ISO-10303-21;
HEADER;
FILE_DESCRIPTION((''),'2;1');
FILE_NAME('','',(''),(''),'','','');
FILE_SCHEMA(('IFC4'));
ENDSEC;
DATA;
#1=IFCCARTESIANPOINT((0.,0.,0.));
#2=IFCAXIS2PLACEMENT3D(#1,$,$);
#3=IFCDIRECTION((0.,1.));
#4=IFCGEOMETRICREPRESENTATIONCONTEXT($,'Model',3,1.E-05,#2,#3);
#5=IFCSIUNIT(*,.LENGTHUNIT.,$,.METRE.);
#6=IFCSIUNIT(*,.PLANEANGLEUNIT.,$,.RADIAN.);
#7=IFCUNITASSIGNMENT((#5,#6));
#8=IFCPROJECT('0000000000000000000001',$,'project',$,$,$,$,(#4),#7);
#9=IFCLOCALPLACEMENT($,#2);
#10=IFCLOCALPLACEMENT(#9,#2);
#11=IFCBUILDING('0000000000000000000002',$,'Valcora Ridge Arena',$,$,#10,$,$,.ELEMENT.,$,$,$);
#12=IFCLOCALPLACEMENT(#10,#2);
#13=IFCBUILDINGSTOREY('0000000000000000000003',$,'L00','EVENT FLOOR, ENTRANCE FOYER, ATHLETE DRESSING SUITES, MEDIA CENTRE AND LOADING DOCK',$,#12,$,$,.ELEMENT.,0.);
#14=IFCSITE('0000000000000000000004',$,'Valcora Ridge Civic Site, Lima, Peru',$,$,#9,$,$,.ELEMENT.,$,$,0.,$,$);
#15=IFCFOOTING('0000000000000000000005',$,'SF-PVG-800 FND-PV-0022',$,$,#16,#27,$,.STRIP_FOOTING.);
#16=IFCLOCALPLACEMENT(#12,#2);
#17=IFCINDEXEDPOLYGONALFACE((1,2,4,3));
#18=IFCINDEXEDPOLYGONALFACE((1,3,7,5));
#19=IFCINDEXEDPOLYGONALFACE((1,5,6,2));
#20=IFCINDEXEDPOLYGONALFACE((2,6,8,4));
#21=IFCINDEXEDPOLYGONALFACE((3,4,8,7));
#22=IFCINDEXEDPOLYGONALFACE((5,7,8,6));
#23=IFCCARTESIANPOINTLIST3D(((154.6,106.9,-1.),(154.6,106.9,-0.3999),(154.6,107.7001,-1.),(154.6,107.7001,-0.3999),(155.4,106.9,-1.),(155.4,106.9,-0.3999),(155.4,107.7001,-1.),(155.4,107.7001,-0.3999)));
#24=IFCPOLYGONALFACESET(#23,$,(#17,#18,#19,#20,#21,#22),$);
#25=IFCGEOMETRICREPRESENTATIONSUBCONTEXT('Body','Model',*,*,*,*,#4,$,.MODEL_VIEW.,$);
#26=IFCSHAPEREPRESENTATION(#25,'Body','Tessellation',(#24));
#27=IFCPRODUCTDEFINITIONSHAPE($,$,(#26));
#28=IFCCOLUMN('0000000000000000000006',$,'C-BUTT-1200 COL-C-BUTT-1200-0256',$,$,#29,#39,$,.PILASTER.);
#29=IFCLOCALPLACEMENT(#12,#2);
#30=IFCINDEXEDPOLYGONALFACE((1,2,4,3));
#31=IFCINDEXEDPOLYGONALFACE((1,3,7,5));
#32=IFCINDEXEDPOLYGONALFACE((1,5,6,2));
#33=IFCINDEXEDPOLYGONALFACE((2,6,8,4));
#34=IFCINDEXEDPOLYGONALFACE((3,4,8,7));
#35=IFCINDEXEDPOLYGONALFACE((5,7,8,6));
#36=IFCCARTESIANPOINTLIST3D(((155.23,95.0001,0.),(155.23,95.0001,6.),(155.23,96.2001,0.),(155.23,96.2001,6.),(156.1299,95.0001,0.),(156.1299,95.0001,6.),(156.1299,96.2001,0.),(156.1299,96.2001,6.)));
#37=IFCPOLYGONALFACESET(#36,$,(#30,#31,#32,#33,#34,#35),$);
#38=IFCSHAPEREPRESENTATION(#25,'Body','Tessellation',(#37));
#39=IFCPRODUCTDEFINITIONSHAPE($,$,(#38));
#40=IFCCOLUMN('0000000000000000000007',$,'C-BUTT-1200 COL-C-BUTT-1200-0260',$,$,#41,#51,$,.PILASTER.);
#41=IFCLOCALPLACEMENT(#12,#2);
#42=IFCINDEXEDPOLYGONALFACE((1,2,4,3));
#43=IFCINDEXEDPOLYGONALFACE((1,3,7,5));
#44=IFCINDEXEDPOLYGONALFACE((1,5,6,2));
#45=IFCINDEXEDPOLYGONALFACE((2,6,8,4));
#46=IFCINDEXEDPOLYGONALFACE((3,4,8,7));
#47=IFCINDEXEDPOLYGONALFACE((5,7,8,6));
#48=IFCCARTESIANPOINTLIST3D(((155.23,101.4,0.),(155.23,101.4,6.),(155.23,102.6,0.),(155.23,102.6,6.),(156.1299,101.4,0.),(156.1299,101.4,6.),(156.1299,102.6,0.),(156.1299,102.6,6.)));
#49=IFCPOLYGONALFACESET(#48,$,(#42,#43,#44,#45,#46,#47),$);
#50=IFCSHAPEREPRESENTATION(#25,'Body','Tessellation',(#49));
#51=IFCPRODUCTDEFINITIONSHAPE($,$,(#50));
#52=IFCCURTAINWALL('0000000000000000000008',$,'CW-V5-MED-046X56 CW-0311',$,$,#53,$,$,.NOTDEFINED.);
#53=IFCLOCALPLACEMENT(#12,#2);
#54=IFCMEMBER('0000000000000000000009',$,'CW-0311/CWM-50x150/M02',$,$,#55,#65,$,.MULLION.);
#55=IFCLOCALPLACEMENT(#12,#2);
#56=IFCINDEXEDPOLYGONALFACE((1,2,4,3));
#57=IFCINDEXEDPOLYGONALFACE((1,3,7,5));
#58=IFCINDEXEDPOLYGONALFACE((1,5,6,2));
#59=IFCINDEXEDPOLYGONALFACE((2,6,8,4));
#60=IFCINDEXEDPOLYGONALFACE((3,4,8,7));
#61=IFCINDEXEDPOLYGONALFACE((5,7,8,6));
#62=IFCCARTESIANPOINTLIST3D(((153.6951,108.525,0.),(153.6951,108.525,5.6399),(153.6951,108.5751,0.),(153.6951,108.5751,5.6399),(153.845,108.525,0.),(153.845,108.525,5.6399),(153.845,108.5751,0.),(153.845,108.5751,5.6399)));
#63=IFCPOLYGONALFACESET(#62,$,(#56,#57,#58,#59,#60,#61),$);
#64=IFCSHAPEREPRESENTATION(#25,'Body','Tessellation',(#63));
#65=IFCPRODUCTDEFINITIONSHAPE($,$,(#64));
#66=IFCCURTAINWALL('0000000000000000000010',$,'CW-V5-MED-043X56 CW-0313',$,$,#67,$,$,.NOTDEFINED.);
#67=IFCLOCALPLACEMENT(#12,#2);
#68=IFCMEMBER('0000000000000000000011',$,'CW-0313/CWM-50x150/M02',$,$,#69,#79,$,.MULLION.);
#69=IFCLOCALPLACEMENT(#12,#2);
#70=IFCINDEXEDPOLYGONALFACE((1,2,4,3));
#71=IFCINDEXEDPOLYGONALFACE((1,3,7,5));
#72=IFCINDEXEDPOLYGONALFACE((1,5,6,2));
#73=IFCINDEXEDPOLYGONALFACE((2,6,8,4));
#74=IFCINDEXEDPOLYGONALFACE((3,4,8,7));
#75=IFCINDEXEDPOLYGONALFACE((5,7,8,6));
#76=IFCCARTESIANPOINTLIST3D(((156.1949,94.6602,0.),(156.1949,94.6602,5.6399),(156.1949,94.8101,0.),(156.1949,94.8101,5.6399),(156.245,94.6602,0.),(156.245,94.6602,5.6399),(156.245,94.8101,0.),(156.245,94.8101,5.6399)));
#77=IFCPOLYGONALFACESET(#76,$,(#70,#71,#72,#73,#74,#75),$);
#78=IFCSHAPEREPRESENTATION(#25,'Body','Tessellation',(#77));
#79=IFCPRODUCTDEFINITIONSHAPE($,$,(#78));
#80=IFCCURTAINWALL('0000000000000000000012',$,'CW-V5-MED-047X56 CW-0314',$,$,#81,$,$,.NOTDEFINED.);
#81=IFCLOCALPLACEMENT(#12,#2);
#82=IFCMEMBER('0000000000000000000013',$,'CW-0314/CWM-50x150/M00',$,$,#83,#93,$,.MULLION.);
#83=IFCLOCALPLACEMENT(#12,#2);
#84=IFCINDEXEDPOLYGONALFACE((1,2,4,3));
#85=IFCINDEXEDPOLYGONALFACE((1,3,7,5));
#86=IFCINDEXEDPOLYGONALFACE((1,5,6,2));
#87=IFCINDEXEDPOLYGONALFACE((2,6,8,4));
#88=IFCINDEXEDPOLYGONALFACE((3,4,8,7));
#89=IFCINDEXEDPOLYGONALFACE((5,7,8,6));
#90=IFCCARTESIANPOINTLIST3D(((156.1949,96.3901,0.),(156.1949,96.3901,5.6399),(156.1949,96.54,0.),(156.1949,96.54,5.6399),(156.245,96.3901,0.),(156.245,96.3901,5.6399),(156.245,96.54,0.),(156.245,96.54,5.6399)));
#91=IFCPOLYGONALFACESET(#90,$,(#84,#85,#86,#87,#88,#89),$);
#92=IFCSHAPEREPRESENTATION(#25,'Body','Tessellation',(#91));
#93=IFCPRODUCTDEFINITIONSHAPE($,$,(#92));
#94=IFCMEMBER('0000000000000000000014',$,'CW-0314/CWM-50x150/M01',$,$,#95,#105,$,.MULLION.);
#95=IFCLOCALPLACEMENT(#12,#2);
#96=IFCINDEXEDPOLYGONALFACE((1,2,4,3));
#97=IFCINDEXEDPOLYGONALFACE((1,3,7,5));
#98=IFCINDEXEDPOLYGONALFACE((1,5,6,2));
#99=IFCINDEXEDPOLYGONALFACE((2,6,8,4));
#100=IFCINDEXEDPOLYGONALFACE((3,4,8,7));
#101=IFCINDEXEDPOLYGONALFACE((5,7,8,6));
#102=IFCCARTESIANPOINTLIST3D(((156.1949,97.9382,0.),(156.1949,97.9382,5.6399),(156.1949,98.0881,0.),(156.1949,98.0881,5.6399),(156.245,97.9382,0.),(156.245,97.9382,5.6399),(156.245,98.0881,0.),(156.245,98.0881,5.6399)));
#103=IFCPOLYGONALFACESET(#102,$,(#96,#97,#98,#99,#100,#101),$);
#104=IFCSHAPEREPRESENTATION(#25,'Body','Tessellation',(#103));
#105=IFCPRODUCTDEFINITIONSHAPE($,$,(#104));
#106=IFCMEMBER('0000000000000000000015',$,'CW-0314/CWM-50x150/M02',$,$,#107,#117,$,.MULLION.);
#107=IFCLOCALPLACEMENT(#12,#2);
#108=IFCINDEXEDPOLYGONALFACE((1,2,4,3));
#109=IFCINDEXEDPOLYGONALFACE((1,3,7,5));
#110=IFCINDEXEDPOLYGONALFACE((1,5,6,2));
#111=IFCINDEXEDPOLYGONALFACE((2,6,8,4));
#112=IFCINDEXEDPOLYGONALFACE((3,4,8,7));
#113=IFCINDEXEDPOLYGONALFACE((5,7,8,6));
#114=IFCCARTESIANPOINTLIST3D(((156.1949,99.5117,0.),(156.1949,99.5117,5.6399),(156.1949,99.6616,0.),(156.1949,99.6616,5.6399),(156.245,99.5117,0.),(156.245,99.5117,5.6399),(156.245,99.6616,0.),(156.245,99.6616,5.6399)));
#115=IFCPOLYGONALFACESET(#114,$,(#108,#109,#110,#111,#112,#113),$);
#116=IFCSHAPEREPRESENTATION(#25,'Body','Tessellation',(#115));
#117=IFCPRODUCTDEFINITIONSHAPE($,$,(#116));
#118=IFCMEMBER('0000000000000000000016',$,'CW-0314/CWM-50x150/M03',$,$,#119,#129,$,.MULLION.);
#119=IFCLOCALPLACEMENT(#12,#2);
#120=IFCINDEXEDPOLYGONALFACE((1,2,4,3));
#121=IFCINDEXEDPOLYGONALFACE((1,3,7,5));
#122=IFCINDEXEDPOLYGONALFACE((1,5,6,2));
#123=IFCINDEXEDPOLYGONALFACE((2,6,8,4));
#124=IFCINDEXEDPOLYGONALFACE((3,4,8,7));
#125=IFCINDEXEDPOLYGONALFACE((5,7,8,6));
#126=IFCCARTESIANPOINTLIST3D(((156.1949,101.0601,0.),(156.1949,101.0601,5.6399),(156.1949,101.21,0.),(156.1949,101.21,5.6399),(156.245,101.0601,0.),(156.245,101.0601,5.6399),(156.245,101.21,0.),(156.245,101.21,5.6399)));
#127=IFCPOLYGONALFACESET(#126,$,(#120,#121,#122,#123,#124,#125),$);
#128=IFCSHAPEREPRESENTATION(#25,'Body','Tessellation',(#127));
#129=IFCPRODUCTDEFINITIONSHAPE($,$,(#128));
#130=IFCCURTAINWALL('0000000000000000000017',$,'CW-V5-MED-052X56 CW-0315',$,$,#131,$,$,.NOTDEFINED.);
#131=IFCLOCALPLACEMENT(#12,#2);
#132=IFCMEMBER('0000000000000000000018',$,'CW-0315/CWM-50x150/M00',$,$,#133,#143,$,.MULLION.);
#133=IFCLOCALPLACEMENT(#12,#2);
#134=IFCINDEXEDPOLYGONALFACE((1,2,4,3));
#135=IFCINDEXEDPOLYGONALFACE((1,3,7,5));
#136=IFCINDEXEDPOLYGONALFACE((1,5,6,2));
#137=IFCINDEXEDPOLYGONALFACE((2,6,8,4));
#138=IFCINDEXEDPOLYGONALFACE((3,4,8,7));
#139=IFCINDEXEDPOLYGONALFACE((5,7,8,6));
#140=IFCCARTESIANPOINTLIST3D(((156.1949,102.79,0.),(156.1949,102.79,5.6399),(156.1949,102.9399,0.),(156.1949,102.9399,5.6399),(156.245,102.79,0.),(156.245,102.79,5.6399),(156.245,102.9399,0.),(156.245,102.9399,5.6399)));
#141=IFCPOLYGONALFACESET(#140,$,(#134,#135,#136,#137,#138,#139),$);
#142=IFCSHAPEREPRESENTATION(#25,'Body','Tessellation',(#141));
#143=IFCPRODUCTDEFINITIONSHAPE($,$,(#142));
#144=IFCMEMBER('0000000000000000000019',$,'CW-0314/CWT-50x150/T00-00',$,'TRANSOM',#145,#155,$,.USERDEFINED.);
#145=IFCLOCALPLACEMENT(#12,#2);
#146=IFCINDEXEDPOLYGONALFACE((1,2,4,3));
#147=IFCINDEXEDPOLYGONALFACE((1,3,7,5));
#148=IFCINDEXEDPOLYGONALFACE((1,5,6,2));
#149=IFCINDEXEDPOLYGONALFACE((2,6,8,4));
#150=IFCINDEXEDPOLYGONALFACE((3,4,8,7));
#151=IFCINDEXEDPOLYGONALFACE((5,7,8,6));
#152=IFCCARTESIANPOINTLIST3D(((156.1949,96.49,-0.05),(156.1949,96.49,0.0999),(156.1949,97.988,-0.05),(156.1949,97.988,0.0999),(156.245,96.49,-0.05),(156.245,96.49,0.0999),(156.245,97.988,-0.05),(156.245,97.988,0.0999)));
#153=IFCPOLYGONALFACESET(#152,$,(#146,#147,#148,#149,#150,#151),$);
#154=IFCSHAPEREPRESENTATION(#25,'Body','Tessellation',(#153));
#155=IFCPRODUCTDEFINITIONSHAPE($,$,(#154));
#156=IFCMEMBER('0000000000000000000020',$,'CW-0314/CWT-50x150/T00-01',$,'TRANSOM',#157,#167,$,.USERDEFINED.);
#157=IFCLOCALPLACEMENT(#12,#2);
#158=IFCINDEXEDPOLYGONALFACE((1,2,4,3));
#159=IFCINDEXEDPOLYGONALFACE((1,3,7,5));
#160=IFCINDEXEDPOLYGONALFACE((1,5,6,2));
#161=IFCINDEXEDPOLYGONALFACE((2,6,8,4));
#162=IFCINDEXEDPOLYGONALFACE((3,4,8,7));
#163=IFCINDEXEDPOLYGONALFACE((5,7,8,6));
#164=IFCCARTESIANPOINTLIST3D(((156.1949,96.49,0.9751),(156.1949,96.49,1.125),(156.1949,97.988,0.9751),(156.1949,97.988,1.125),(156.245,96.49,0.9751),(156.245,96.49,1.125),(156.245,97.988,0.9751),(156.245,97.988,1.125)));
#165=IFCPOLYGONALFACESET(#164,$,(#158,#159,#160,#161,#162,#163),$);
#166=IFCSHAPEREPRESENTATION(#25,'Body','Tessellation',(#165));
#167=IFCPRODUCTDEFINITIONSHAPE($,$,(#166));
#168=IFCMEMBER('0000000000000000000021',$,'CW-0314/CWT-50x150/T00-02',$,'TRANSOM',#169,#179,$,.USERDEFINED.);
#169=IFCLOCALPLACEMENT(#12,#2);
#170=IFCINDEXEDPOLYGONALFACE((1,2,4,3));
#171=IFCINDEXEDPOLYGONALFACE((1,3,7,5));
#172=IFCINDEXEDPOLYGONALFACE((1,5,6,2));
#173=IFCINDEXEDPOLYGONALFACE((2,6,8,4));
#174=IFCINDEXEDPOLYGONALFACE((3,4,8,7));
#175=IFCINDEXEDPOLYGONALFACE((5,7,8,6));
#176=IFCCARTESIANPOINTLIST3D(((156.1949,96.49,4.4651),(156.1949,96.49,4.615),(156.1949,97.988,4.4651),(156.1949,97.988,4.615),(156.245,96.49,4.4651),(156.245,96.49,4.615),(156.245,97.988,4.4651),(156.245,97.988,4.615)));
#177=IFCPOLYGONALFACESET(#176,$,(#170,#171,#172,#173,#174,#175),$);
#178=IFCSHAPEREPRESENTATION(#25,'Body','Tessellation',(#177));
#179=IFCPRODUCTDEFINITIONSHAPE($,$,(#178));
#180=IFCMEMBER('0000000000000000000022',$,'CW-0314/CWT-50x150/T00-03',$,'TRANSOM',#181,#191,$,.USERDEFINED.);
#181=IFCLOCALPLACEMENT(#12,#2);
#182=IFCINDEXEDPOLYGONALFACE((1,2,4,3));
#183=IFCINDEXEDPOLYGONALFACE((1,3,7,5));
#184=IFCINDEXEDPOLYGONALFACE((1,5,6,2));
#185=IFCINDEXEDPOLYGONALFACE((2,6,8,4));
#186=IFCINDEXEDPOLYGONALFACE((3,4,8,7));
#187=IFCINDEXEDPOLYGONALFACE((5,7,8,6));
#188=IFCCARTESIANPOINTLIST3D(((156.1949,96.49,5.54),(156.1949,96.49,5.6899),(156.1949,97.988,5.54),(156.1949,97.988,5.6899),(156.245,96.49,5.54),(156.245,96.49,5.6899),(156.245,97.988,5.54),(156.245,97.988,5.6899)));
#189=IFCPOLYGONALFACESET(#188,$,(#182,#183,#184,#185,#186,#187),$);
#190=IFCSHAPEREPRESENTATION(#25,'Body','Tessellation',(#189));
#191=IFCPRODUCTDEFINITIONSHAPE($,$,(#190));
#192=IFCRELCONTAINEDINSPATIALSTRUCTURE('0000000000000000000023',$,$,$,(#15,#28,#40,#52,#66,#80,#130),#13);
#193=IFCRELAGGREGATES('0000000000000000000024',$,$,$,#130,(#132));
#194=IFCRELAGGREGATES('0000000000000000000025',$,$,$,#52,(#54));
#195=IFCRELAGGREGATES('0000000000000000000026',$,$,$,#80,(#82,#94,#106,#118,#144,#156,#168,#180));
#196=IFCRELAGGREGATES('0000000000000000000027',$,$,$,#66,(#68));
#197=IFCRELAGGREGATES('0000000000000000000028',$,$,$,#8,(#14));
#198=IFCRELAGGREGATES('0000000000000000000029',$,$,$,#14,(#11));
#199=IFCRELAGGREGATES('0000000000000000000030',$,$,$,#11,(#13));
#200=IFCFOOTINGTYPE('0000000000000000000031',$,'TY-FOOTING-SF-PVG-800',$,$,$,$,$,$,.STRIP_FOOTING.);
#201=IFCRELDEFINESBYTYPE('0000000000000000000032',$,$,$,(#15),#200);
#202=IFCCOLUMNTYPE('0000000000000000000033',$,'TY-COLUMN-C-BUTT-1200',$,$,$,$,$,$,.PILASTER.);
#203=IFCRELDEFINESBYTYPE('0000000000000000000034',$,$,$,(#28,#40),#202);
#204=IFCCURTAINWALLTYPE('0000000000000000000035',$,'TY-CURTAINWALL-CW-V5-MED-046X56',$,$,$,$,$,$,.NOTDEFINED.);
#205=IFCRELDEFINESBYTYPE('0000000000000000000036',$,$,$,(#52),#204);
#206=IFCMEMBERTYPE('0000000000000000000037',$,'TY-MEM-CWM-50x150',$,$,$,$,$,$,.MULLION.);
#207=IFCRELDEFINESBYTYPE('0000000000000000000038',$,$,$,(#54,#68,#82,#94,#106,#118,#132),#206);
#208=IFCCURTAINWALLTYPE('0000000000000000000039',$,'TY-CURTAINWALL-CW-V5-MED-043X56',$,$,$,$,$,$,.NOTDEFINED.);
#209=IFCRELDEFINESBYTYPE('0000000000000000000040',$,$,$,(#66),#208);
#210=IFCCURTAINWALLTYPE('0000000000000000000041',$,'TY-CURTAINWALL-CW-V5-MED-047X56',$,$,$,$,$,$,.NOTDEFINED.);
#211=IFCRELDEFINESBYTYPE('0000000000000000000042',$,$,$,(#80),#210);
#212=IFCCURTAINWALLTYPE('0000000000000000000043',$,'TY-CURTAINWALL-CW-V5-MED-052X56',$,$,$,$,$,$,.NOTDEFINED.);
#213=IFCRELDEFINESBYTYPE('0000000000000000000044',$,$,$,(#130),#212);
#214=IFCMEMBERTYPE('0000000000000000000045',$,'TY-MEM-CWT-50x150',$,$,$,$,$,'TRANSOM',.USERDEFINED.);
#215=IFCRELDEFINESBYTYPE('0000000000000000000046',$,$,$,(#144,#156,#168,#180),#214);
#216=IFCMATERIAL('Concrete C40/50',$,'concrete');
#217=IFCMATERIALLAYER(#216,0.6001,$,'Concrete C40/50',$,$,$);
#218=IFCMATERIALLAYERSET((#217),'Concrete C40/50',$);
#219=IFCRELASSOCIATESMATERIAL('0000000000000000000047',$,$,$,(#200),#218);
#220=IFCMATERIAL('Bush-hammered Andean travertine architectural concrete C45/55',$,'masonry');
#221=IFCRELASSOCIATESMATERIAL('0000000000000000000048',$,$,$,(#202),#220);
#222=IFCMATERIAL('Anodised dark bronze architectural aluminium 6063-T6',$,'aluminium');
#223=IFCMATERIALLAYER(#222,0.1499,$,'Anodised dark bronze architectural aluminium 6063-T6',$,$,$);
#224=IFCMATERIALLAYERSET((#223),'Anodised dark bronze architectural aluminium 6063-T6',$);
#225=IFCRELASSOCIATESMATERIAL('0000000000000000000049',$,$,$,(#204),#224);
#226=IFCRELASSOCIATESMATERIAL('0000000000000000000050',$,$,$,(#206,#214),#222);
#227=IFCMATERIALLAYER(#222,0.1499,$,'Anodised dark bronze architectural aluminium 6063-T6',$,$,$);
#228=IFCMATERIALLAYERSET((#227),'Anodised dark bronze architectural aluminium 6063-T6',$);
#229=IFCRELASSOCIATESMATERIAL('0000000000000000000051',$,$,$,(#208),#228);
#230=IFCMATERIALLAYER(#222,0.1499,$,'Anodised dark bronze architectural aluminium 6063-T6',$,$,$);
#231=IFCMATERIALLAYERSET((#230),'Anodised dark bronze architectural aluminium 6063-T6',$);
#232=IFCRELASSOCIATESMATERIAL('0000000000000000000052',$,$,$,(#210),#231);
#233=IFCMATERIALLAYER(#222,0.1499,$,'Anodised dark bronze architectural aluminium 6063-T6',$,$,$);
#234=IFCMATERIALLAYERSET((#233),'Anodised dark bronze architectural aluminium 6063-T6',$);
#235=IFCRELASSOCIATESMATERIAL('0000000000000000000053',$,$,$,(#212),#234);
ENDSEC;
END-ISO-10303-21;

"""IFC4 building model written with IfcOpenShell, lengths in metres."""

from ifc_helpers import new_model, si_unit, direction, frame, origin, origin_2d, place, context, subcontext, project, spatial, rectangle, extrude, material, layer, layer_set, material_profile, profile_set, type_object, element, aggregate, save


model = new_model("IFC4")

# Units and contexts
model_context = context("Model", 3, precision=1e-05, world=origin(), true_north=direction((0.0, 1.0)))
body_context = subcontext(model_context, "Body", "Model", "MODEL_VIEW")
ifc_project = project(units=[si_unit("LENGTHUNIT", "METRE"), si_unit("PLANEANGLEUNIT", "RADIAN")], contexts=[model_context])

# Site, building, storey
site_placement = place(None, origin())
site = spatial("IfcSite", under=ifc_project, at=site_placement, Name="Valcora Ridge Civic Site, Lima, Peru", CompositionType="ELEMENT", RefElevation=0.0)
building_placement = place(site_placement, origin())
building = spatial("IfcBuilding", under=site, at=building_placement, Name="Valcora Ridge Arena", CompositionType="ELEMENT")
storey_placement = place(building_placement, origin())
storey = spatial("IfcBuildingStorey", under=building, at=storey_placement, Name="L00", Description="EVENT FLOOR, ENTRANCE FOYER, ATHLETE DRESSING SUITES, MEDIA CENTRE AND LOADING DOCK", CompositionType="ELEMENT", Elevation=0.0)

# Footing
ifc_material_1 = material(Name="Concrete C40/50", Category="concrete")
ifc_layer_1 = layer(ifc_material_1, 0.6001, Name="Concrete C40/50")
ifc_layer_set_1 = layer_set([ifc_layer_1], Name="Concrete C40/50")
footing_type = type_object("IfcFootingType", Name="TY-FOOTING-SF-PVG-800", PredefinedType="STRIP_FOOTING", material=ifc_layer_set_1)
footing_placement = place(storey_placement, frame((155.0, 107.3, -1.0), z_axis=(0.0, 0.0, 1.0), x_axis=(1.0, 0.0, 0.0)))
element("IfcFooting", 1, at=footing_placement, inside=storey, type_object=footing_type, Name="SF-PVG-800 FND-PV-0022", PredefinedType="STRIP_FOOTING", context=body_context, shape_type="SweptSolid", body=[
    extrude(rectangle(XDim=0.8, YDim=0.8, at=origin_2d()), origin(), (0.0, 0.0, 1.0), 0.6001),
])

# Columns
ifc_material_2 = material(Name="Bush-hammered Andean travertine architectural concrete C45/55", Category="masonry")
ifc_material_profile_1 = material_profile(ifc_material_2, rectangle(XDim=0.8999, YDim=1.2, at=origin_2d()), Name="RC 900x1200")
ifc_profile_set_1 = profile_set([ifc_material_profile_1], Name="Bush-hammered Andean travertine architectural concrete C45/55")
column_type = type_object("IfcColumnType", Name="TY-COLUMN-C-BUTT-1200", PredefinedType="PILASTER", material=ifc_profile_set_1)
for number, where, z_axis, x_axis, name in (
    (2, (155.6799, 95.6001, 0.0), (0.0, 0.0, 1.0), (1.0, 0.0, 0.0), "C-BUTT-1200 COL-C-BUTT-1200-0256"),
    (3, (155.6799, 102.0, 0.0), (0.0, 0.0, 1.0), (1.0, 0.0, 0.0), "C-BUTT-1200 COL-C-BUTT-1200-0260"),
):
    element("IfcColumn", number, at=place(storey_placement, frame(where, z_axis=z_axis, x_axis=x_axis)), inside=storey, type_object=column_type, Name=name, PredefinedType="PILASTER", context=body_context, shape_type="SweptSolid", body=[
        extrude(rectangle(XDim=0.8999, YDim=1.2, at=origin_2d()), origin(), (0.0, 0.0, 1.0), 6.0),
    ])

# Curtain walls, members
ifc_material_3 = material(Name="Anodised dark bronze architectural aluminium 6063-T6", Category="aluminium")
ifc_layer_2 = layer(ifc_material_3, 0.1499, Name="Anodised dark bronze architectural aluminium 6063-T6")
ifc_layer_set_2 = layer_set([ifc_layer_2], Name="Anodised dark bronze architectural aluminium 6063-T6")
curtain_wall_type_1 = type_object("IfcCurtainWallType", Name="TY-CURTAINWALL-CW-V5-MED-046X56", PredefinedType="NOTDEFINED", material=ifc_layer_set_2)
curtain_wall_1_placement = place(storey_placement, origin())
curtain_wall_1 = element("IfcCurtainWall", 4, at=curtain_wall_1_placement, inside=storey, type_object=curtain_wall_type_1, Name="CW-V5-MED-046X56 CW-0311", PredefinedType="NOTDEFINED")
ifc_material_profile_2 = material_profile(ifc_material_3, rectangle(XDim=0.05, YDim=0.1499, at=origin_2d()), Name="ALU MULLION 50x150")
ifc_profile_set_2 = profile_set([ifc_material_profile_2], Name="Anodised dark bronze architectural aluminium 6063-T6")
member_type_1 = type_object("IfcMemberType", Name="TY-MEM-CWM-50x150", PredefinedType="MULLION", material=ifc_profile_set_2)
member_1_placement = place(storey_placement, frame((153.77, 108.55, 0.0), z_axis=(0.0, 0.0, 1.0), x_axis=(0.0, 1.0, 0.0)))
member_1 = element("IfcMember", 5, at=member_1_placement, type_object=member_type_1, Name="CW-0311/CWM-50x150/M02", PredefinedType="MULLION", context=body_context, shape_type="SweptSolid", body=[
    extrude(rectangle(XDim=0.05, YDim=0.1499, at=origin_2d()), origin(), (0.0, 0.0, 1.0), 5.6399),
])
ifc_layer_3 = layer(ifc_material_3, 0.1499, Name="Anodised dark bronze architectural aluminium 6063-T6")
ifc_layer_set_3 = layer_set([ifc_layer_3], Name="Anodised dark bronze architectural aluminium 6063-T6")
curtain_wall_type_2 = type_object("IfcCurtainWallType", Name="TY-CURTAINWALL-CW-V5-MED-043X56", PredefinedType="NOTDEFINED", material=ifc_layer_set_3)
curtain_wall_2_placement = place(storey_placement, origin())
curtain_wall_2 = element("IfcCurtainWall", 6, at=curtain_wall_2_placement, inside=storey, type_object=curtain_wall_type_2, Name="CW-V5-MED-043X56 CW-0313", PredefinedType="NOTDEFINED")
member_2_placement = place(storey_placement, frame((156.22, 94.7351, 0.0), z_axis=(0.0, 0.0, 1.0), x_axis=(-1.0, 0.0, 0.0)))
member_2 = element("IfcMember", 7, at=member_2_placement, type_object=member_type_1, Name="CW-0313/CWM-50x150/M02", PredefinedType="MULLION", context=body_context, shape_type="SweptSolid", body=[
    extrude(rectangle(XDim=0.05, YDim=0.1499, at=origin_2d()), origin(), (0.0, 0.0, 1.0), 5.6399),
])

# Curtain wall, members
ifc_layer_4 = layer(ifc_material_3, 0.1499, Name="Anodised dark bronze architectural aluminium 6063-T6")
ifc_layer_set_4 = layer_set([ifc_layer_4], Name="Anodised dark bronze architectural aluminium 6063-T6")
curtain_wall_type_3 = type_object("IfcCurtainWallType", Name="TY-CURTAINWALL-CW-V5-MED-047X56", PredefinedType="NOTDEFINED", material=ifc_layer_set_4)
curtain_wall_3_placement = place(storey_placement, origin())
curtain_wall_3 = element("IfcCurtainWall", 8, at=curtain_wall_3_placement, inside=storey, type_object=curtain_wall_type_3, Name="CW-V5-MED-047X56 CW-0314", PredefinedType="NOTDEFINED")
member_3_placement = place(storey_placement, frame((156.22, 96.4651, 0.0), z_axis=(0.0, 0.0, 1.0), x_axis=(-1.0, 0.0, 0.0)))
member_3 = element("IfcMember", 9, at=member_3_placement, type_object=member_type_1, Name="CW-0314/CWM-50x150/M00", PredefinedType="MULLION", context=body_context, shape_type="SweptSolid", body=[
    extrude(rectangle(XDim=0.05, YDim=0.1499, at=origin_2d()), origin(), (0.0, 0.0, 1.0), 5.6399),
])
member_4_placement = place(storey_placement, frame((156.22, 98.0132, 0.0), z_axis=(0.0, 0.0, 1.0), x_axis=(-1.0, 0.0, 0.0)))
member_4 = element("IfcMember", 10, at=member_4_placement, type_object=member_type_1, Name="CW-0314/CWM-50x150/M01", PredefinedType="MULLION", context=body_context, shape_type="SweptSolid", body=[
    extrude(rectangle(XDim=0.05, YDim=0.1499, at=origin_2d()), origin(), (0.0, 0.0, 1.0), 5.6399),
])
member_5_placement = place(storey_placement, frame((156.22, 99.5867, 0.0), z_axis=(0.0, 0.0, 1.0), x_axis=(-1.0, 0.0, 0.0)))
member_5 = element("IfcMember", 11, at=member_5_placement, type_object=member_type_1, Name="CW-0314/CWM-50x150/M02", PredefinedType="MULLION", context=body_context, shape_type="SweptSolid", body=[
    extrude(rectangle(XDim=0.05, YDim=0.1499, at=origin_2d()), origin(), (0.0, 0.0, 1.0), 5.6399),
])
member_6_placement = place(storey_placement, frame((156.22, 101.135, 0.0), z_axis=(0.0, 0.0, 1.0), x_axis=(-1.0, 0.0, 0.0)))
member_6 = element("IfcMember", 12, at=member_6_placement, type_object=member_type_1, Name="CW-0314/CWM-50x150/M03", PredefinedType="MULLION", context=body_context, shape_type="SweptSolid", body=[
    extrude(rectangle(XDim=0.05, YDim=0.1499, at=origin_2d()), origin(), (0.0, 0.0, 1.0), 5.6399),
])

# Curtain wall, member
ifc_layer_5 = layer(ifc_material_3, 0.1499, Name="Anodised dark bronze architectural aluminium 6063-T6")
ifc_layer_set_5 = layer_set([ifc_layer_5], Name="Anodised dark bronze architectural aluminium 6063-T6")
curtain_wall_type_4 = type_object("IfcCurtainWallType", Name="TY-CURTAINWALL-CW-V5-MED-052X56", PredefinedType="NOTDEFINED", material=ifc_layer_set_5)
curtain_wall_4_placement = place(storey_placement, origin())
curtain_wall_4 = element("IfcCurtainWall", 13, at=curtain_wall_4_placement, inside=storey, type_object=curtain_wall_type_4, Name="CW-V5-MED-052X56 CW-0315", PredefinedType="NOTDEFINED")
member_7_placement = place(storey_placement, frame((156.22, 102.865, 0.0), z_axis=(0.0, 0.0, 1.0), x_axis=(-1.0, 0.0, 0.0)))
member_7 = element("IfcMember", 14, at=member_7_placement, type_object=member_type_1, Name="CW-0315/CWM-50x150/M00", PredefinedType="MULLION", context=body_context, shape_type="SweptSolid", body=[
    extrude(rectangle(XDim=0.05, YDim=0.1499, at=origin_2d()), origin(), (0.0, 0.0, 1.0), 5.6399),
])

# Members
ifc_material_profile_3 = material_profile(ifc_material_3, rectangle(XDim=0.05, YDim=0.1499, at=origin_2d()), Name="ALU TRANSOM 50x150")
ifc_profile_set_3 = profile_set([ifc_material_profile_3], Name="Anodised dark bronze architectural aluminium 6063-T6")
member_type_2 = type_object("IfcMemberType", Name="TY-MEM-CWT-50x150", ElementType="TRANSOM", PredefinedType="USERDEFINED", material=ifc_profile_set_3)
member_8_placement = place(storey_placement, frame((156.22, 96.49, 0.0249), z_axis=(0.0, 1.0, 0.0), x_axis=(-1.0, 0.0, 0.0)))
member_8 = element("IfcMember", 15, at=member_8_placement, type_object=member_type_2, Name="CW-0314/CWT-50x150/T00-00", ObjectType="TRANSOM", PredefinedType="USERDEFINED", context=body_context, shape_type="SweptSolid", body=[
    extrude(rectangle(XDim=0.05, YDim=0.1499, at=origin_2d()), origin(), (0.0, 0.0, 1.0), 1.498),
])
member_9_placement = place(storey_placement, frame((156.22, 96.49, 1.05), z_axis=(0.0, 1.0, 0.0), x_axis=(-1.0, 0.0, 0.0)))
member_9 = element("IfcMember", 16, at=member_9_placement, type_object=member_type_2, Name="CW-0314/CWT-50x150/T00-01", ObjectType="TRANSOM", PredefinedType="USERDEFINED", context=body_context, shape_type="SweptSolid", body=[
    extrude(rectangle(XDim=0.05, YDim=0.1499, at=origin_2d()), origin(), (0.0, 0.0, 1.0), 1.498),
])
member_10_placement = place(storey_placement, frame((156.22, 96.49, 4.54), z_axis=(0.0, 1.0, 0.0), x_axis=(-1.0, 0.0, 0.0)))
member_10 = element("IfcMember", 17, at=member_10_placement, type_object=member_type_2, Name="CW-0314/CWT-50x150/T00-02", ObjectType="TRANSOM", PredefinedType="USERDEFINED", context=body_context, shape_type="SweptSolid", body=[
    extrude(rectangle(XDim=0.05, YDim=0.1499, at=origin_2d()), origin(), (0.0, 0.0, 1.0), 1.498),
])
member_11_placement = place(storey_placement, frame((156.22, 96.49, 5.615), z_axis=(0.0, 1.0, 0.0), x_axis=(-1.0, 0.0, 0.0)))
member_11 = element("IfcMember", 18, at=member_11_placement, type_object=member_type_2, Name="CW-0314/CWT-50x150/T00-03", ObjectType="TRANSOM", PredefinedType="USERDEFINED", context=body_context, shape_type="SweptSolid", body=[
    extrude(rectangle(XDim=0.05, YDim=0.1499, at=origin_2d()), origin(), (0.0, 0.0, 1.0), 1.498),
])
aggregate(curtain_wall_4, [member_7])

aggregate(curtain_wall_1, [member_1])
aggregate(curtain_wall_3, [member_3, member_4, member_5, member_6, member_8, member_9, member_10, member_11])
aggregate(curtain_wall_2, [member_2])

save(model, "model.ifc")
